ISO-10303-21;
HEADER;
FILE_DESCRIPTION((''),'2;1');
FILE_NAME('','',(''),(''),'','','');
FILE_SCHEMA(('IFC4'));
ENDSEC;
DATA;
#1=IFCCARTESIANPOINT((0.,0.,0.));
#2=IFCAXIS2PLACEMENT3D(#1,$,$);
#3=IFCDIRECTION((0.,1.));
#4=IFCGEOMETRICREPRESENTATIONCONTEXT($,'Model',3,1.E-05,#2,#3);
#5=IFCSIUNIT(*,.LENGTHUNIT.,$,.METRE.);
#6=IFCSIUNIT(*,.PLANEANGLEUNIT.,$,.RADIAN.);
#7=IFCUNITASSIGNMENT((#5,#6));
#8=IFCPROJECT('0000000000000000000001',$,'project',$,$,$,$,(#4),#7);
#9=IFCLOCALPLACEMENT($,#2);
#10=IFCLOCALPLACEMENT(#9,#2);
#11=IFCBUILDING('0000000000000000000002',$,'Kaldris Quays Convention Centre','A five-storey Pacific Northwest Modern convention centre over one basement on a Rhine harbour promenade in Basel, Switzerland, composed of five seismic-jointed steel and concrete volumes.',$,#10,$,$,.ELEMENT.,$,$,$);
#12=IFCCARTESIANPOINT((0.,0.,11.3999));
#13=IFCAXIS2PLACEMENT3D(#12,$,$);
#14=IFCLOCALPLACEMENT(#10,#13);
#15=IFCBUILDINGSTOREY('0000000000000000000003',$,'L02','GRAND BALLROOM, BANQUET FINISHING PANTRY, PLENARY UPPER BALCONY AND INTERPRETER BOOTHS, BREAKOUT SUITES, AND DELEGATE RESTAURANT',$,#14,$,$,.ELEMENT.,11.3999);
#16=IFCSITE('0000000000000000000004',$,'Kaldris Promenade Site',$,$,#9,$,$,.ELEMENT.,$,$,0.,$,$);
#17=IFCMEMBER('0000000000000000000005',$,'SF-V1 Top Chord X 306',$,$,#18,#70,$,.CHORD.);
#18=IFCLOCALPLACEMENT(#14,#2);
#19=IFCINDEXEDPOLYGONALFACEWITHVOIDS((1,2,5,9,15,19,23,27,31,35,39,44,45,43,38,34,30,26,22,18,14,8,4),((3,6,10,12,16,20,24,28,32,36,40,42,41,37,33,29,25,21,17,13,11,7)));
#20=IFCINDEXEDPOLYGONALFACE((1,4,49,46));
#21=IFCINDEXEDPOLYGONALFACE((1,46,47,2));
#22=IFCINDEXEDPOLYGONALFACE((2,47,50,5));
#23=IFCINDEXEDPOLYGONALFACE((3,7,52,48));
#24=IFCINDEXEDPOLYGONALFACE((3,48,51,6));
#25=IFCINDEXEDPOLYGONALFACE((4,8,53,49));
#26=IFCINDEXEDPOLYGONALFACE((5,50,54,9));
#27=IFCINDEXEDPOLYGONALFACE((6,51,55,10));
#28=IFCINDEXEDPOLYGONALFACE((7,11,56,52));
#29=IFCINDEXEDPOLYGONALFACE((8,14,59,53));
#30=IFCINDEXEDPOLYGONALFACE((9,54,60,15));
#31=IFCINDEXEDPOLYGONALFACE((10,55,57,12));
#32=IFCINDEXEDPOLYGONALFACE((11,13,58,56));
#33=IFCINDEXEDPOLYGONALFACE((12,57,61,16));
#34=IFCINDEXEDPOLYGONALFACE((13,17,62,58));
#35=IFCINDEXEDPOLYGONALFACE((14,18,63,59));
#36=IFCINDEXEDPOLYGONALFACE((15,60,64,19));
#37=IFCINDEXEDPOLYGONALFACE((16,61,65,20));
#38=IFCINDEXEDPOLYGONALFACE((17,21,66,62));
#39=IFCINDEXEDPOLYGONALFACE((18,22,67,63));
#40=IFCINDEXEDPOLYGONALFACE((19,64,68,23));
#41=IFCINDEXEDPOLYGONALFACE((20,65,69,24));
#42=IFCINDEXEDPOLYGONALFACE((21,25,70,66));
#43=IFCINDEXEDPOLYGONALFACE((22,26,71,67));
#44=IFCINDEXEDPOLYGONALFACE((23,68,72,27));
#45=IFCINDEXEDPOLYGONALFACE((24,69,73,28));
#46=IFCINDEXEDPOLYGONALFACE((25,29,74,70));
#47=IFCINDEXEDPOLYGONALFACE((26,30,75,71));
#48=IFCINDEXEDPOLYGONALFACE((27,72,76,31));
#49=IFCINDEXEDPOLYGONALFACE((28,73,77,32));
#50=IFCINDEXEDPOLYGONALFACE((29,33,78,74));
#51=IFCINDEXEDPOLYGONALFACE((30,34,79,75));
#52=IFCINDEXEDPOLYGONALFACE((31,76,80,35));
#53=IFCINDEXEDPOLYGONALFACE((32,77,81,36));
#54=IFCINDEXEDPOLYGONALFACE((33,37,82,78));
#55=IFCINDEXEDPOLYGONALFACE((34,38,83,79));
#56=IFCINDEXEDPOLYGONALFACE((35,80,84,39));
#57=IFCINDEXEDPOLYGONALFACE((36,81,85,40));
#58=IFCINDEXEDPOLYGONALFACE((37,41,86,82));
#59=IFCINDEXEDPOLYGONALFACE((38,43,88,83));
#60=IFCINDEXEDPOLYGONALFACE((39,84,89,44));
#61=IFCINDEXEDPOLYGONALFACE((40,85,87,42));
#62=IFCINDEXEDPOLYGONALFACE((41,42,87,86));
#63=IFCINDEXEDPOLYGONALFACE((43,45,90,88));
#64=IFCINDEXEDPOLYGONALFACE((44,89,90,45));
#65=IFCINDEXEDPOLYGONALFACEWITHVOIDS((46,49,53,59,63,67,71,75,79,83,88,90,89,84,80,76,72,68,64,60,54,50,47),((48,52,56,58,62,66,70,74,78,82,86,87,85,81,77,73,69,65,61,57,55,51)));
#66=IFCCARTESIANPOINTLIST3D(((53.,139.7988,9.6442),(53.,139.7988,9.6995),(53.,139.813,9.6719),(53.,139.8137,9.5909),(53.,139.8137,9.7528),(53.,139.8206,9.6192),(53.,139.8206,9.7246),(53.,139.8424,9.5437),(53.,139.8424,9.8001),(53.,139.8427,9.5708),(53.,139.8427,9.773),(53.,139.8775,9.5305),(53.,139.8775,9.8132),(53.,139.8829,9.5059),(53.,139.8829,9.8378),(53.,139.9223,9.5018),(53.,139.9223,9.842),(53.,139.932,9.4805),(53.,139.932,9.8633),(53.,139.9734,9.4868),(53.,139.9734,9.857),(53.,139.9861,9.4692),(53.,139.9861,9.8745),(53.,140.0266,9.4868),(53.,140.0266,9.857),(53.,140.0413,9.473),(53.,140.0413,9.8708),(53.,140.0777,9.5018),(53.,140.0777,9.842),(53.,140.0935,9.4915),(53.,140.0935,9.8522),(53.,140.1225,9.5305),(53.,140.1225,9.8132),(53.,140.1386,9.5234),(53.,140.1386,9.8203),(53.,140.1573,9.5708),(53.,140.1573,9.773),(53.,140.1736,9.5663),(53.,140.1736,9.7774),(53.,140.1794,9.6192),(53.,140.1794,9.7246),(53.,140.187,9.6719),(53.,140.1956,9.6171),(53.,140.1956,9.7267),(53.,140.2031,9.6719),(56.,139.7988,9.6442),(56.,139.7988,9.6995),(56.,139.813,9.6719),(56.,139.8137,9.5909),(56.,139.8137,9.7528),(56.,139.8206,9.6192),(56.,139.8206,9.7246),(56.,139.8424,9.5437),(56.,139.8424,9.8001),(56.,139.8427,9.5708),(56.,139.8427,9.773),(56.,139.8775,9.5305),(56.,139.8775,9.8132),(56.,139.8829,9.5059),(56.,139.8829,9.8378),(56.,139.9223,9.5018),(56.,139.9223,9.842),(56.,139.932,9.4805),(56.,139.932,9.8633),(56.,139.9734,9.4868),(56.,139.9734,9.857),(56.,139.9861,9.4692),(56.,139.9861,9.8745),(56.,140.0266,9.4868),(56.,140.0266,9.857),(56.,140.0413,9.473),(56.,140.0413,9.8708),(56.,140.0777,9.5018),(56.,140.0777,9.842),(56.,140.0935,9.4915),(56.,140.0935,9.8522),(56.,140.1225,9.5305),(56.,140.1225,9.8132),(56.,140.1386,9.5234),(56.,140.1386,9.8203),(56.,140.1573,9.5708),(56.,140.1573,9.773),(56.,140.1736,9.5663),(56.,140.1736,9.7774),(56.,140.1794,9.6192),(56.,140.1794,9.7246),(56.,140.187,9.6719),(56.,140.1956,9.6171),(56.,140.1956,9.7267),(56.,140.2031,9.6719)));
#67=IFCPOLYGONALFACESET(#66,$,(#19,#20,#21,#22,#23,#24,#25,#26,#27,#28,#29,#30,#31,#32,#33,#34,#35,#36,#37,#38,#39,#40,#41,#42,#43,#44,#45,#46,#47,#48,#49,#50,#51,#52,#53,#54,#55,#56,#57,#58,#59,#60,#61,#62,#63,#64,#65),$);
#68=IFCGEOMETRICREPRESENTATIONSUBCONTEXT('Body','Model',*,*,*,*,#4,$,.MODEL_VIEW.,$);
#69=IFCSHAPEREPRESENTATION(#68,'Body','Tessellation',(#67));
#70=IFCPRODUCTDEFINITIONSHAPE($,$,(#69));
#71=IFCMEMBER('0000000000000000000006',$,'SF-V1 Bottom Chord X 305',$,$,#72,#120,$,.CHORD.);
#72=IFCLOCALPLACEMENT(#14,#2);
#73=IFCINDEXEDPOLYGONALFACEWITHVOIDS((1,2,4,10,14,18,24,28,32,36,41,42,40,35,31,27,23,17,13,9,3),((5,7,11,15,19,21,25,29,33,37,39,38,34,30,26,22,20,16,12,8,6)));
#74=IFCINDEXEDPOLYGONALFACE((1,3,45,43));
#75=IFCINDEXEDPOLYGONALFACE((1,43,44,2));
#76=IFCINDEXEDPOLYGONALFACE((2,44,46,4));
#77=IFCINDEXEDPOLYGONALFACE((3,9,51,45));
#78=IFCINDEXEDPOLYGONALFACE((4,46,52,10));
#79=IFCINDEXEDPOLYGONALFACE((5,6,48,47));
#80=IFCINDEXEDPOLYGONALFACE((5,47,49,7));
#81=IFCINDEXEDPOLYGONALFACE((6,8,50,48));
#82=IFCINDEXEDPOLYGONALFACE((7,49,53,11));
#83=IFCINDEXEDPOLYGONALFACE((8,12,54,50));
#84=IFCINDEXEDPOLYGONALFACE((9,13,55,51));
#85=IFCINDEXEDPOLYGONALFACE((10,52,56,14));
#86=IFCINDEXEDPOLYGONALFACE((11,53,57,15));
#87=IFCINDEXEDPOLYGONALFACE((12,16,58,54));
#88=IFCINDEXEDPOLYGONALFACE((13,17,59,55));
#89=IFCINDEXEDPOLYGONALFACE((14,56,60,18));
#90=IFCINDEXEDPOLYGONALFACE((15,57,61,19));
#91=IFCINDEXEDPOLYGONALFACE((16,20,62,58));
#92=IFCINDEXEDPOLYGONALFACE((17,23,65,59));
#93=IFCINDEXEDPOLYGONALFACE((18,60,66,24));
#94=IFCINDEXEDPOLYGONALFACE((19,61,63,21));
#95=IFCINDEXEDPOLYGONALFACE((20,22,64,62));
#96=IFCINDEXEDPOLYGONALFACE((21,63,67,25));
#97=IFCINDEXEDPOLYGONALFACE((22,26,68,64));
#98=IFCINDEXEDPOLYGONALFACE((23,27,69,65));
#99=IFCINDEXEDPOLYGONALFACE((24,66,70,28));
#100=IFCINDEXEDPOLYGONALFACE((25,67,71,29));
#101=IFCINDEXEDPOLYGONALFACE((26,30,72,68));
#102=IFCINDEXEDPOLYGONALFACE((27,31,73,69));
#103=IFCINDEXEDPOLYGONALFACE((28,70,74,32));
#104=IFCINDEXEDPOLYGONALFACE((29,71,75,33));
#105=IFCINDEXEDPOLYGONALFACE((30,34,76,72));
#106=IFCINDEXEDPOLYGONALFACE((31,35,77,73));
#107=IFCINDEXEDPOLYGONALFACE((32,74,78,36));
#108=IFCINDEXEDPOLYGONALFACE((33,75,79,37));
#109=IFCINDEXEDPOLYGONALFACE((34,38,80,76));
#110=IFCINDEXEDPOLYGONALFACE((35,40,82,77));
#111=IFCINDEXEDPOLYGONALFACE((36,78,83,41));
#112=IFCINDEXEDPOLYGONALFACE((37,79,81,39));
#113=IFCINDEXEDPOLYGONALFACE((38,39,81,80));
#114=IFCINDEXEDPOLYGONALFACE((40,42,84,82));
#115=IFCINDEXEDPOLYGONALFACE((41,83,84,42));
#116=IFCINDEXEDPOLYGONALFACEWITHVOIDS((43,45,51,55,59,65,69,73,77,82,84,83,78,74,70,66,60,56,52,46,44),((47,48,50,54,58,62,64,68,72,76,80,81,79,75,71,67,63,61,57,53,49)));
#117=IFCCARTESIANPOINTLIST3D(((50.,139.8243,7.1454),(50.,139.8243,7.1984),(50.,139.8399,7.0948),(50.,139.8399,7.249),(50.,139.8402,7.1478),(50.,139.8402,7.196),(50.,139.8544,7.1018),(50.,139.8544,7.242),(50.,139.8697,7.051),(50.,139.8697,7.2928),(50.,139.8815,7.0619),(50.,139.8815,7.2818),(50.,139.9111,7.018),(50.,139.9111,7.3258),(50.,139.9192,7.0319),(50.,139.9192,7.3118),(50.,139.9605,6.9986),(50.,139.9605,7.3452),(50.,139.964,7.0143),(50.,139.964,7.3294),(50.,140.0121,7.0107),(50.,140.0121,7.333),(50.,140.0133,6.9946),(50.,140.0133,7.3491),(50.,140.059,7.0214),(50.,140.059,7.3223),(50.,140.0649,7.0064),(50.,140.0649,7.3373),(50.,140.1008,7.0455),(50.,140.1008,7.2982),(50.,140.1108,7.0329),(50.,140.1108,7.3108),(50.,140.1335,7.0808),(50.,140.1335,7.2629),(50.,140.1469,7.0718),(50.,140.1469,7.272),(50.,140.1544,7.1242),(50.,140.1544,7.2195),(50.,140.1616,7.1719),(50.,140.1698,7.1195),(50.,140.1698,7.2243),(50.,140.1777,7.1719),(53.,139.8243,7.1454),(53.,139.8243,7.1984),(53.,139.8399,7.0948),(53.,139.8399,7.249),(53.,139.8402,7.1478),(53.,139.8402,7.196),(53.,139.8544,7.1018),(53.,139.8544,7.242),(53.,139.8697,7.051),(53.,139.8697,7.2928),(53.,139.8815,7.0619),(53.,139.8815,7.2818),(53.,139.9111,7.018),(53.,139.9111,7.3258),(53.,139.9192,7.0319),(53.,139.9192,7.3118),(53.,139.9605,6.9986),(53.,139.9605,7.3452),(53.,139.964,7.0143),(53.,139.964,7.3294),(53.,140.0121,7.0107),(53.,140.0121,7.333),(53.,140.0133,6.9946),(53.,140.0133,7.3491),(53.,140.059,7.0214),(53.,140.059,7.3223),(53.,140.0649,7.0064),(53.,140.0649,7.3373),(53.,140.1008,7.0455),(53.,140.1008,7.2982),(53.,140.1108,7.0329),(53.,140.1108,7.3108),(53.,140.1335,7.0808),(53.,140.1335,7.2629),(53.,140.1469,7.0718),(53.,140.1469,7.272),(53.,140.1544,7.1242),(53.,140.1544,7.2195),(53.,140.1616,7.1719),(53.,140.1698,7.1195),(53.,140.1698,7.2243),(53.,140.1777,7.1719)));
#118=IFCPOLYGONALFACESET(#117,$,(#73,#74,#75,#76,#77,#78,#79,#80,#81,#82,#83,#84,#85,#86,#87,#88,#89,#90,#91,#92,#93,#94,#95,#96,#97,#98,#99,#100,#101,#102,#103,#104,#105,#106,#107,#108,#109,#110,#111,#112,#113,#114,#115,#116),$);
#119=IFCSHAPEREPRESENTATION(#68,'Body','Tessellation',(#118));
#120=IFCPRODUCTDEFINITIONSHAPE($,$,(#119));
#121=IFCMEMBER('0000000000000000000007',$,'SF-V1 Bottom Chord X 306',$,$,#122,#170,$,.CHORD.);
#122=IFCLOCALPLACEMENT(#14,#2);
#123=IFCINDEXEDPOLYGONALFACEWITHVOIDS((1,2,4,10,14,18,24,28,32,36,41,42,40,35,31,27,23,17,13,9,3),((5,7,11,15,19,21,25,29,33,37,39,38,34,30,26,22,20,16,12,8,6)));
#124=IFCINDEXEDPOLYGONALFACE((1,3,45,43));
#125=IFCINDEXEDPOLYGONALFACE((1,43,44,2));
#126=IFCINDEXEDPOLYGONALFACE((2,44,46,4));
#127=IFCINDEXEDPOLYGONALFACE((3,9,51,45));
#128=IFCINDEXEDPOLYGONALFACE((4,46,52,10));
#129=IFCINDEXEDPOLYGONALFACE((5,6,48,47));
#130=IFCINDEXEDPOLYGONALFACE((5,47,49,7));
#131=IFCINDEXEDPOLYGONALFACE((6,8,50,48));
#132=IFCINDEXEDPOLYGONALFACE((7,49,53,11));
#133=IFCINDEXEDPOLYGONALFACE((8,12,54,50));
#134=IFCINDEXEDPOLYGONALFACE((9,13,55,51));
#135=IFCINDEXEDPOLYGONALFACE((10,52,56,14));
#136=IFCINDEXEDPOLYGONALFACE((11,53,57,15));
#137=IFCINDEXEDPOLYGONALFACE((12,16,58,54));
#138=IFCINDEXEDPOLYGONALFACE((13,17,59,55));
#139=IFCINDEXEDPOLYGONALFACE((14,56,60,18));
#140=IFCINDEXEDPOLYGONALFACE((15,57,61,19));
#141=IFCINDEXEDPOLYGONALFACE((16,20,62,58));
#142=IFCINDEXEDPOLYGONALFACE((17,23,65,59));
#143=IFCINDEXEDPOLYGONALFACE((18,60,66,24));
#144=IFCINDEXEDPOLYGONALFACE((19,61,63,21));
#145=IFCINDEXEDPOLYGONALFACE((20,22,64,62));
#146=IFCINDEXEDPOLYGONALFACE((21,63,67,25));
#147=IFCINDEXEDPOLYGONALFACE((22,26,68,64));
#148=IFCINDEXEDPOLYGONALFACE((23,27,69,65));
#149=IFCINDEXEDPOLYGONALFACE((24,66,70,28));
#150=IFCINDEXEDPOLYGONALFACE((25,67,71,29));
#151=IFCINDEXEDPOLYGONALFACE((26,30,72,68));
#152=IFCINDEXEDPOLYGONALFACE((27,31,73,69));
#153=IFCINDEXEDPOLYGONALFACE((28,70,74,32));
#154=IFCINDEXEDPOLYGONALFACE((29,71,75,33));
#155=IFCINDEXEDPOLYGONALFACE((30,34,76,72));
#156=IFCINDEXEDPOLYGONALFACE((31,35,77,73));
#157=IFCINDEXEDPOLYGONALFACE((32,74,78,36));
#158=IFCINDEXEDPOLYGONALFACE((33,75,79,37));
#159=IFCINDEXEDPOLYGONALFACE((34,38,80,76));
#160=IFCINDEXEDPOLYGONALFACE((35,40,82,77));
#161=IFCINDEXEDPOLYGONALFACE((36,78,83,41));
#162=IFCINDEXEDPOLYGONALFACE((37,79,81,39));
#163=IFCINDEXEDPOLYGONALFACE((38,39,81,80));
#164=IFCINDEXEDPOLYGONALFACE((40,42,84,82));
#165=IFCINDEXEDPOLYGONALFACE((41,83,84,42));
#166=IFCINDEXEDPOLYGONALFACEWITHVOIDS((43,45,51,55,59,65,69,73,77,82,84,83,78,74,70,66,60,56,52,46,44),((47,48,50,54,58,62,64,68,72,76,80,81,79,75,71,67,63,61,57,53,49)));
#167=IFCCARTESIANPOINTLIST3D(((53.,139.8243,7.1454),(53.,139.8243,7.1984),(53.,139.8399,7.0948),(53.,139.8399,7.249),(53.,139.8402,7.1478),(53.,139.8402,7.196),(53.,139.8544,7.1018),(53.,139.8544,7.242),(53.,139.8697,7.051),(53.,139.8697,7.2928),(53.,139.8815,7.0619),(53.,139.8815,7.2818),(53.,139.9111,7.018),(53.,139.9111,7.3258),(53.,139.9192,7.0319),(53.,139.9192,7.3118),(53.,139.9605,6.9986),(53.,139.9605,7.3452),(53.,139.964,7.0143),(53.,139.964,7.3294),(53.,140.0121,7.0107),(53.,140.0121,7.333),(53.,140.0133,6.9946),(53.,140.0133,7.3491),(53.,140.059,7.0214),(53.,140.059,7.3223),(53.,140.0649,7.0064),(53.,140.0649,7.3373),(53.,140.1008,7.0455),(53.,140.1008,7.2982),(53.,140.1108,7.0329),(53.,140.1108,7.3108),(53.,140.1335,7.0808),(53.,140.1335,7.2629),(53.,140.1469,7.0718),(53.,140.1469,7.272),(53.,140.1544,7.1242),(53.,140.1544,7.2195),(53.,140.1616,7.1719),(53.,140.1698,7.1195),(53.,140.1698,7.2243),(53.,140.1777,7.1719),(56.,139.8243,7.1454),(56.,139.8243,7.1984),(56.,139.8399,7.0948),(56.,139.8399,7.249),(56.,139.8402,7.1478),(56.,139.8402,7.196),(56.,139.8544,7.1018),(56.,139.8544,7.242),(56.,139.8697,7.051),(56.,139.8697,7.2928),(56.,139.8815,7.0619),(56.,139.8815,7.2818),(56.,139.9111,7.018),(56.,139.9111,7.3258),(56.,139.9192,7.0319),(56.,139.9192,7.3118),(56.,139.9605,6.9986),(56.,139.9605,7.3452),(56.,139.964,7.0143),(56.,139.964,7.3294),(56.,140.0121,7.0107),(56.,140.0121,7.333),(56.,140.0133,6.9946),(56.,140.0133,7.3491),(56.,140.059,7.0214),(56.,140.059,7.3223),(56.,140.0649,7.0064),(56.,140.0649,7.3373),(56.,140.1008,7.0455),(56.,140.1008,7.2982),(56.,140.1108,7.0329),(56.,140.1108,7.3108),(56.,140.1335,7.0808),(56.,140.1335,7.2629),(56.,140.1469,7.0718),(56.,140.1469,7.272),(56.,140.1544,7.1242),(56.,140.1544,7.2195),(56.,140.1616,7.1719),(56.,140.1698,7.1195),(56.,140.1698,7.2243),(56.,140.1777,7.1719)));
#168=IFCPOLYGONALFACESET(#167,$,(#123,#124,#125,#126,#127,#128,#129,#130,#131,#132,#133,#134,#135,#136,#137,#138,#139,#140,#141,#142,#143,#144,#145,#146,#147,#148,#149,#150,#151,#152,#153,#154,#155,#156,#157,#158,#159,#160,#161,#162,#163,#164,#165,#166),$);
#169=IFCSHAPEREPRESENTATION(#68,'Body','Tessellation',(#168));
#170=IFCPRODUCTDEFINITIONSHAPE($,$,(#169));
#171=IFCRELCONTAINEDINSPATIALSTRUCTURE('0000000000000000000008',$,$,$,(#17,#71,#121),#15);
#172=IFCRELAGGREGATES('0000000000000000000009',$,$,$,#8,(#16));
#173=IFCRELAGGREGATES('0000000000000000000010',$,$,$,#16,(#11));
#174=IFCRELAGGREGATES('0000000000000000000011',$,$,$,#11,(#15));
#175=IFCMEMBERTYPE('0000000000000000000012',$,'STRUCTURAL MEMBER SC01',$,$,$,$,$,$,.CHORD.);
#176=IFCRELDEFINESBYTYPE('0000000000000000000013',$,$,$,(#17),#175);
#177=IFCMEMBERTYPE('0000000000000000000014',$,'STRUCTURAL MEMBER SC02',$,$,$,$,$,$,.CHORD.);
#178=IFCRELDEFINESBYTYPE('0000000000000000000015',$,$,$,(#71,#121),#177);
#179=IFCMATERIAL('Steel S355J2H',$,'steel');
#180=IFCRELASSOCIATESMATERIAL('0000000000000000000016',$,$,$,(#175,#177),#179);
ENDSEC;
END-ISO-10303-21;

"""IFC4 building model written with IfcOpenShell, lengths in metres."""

from ifc_helpers import new_model, si_unit, direction, frame, origin, origin_2d, place, context, subcontext, project, spatial, hollow_circle, extrude, material, material_profile, profile_set, type_object, element, save


model = new_model("IFC4")

# Units and contexts
model_context = context("Model", 3, precision=1e-05, world=origin(), true_north=direction((0.0, 1.0)))
body_context = subcontext(model_context, "Body", "Model", "MODEL_VIEW")
ifc_project = project(units=[si_unit("LENGTHUNIT", "METRE"), si_unit("PLANEANGLEUNIT", "RADIAN")], contexts=[model_context])

# Site, building, storey
site_placement = place(None, origin())
site = spatial("IfcSite", under=ifc_project, at=site_placement, Name="Kaldris Promenade Site", CompositionType="ELEMENT", RefElevation=0.0)
building_placement = place(site_placement, origin())
building = spatial("IfcBuilding", under=site, at=building_placement, Name="Kaldris Quays Convention Centre", Description="A five-storey Pacific Northwest Modern convention centre over one basement on a Rhine harbour promenade in Basel, Switzerland, composed of five seismic-jointed steel and concrete volumes.", CompositionType="ELEMENT")
storey_placement = place(building_placement, frame((0.0, 0.0, 11.3999)))
storey = spatial("IfcBuildingStorey", under=building, at=storey_placement, Name="L02", Description="GRAND BALLROOM, BANQUET FINISHING PANTRY, PLENARY UPPER BALCONY AND INTERPRETER BOOTHS, BREAKOUT SUITES, AND DELEGATE RESTAURANT", CompositionType="ELEMENT", Elevation=11.3999)

# Members
ifc_material_1 = material(Name="Steel S355J2H", Category="steel")
ifc_material_profile_1 = material_profile(ifc_material_1, hollow_circle(Radius=0.2031, WallThickness=0.0161, at=origin_2d()), Name="CHS 406.4x16")
ifc_profile_set_1 = profile_set([ifc_material_profile_1], Name="Steel S355J2H")
member_type_1 = type_object("IfcMemberType", Name="STRUCTURAL MEMBER SC01", PredefinedType="CHORD", material=ifc_profile_set_1)
for number, where, z_axis, x_axis, name in (
    (1, (53.0, 140.0, 9.6719), (1.0, 0.0, 0.0), (0.0, 1.0, 0.0), "SF-V1 Top Chord X 306"),
):
    element("IfcMember", number, at=place(storey_placement, frame(where, z_axis=z_axis, x_axis=x_axis)), inside=storey, type_object=member_type_1, Name=name, PredefinedType="CHORD", context=body_context, shape_type="SweptSolid", body=[
        extrude(hollow_circle(Radius=0.2031, WallThickness=0.0161, at=origin_2d()), origin(), (0.0, 0.0, 1.0), 3.0),
    ])
ifc_material_profile_2 = material_profile(ifc_material_1, hollow_circle(Radius=0.1777, WallThickness=0.0161, at=origin_2d()), Name="CHS 355.6x16")
ifc_profile_set_2 = profile_set([ifc_material_profile_2], Name="Steel S355J2H")
member_type_2 = type_object("IfcMemberType", Name="STRUCTURAL MEMBER SC02", PredefinedType="CHORD", material=ifc_profile_set_2)
for number, where, z_axis, x_axis, name in (
    (2, (50.0, 140.0, 7.1719), (1.0, 0.0, 0.0), (0.0, 1.0, 0.0), "SF-V1 Bottom Chord X 305"),
    (3, (53.0, 140.0, 7.1719), (1.0, 0.0, 0.0), (0.0, 1.0, 0.0), "SF-V1 Bottom Chord X 306"),
):
    element("IfcMember", number, at=place(storey_placement, frame(where, z_axis=z_axis, x_axis=x_axis)), inside=storey, type_object=member_type_2, Name=name, PredefinedType="CHORD", context=body_context, shape_type="SweptSolid", body=[
        extrude(hollow_circle(Radius=0.1777, WallThickness=0.0161, at=origin_2d()), origin(), (0.0, 0.0, 1.0), 3.0),
    ])

save(model, "model.ifc")
